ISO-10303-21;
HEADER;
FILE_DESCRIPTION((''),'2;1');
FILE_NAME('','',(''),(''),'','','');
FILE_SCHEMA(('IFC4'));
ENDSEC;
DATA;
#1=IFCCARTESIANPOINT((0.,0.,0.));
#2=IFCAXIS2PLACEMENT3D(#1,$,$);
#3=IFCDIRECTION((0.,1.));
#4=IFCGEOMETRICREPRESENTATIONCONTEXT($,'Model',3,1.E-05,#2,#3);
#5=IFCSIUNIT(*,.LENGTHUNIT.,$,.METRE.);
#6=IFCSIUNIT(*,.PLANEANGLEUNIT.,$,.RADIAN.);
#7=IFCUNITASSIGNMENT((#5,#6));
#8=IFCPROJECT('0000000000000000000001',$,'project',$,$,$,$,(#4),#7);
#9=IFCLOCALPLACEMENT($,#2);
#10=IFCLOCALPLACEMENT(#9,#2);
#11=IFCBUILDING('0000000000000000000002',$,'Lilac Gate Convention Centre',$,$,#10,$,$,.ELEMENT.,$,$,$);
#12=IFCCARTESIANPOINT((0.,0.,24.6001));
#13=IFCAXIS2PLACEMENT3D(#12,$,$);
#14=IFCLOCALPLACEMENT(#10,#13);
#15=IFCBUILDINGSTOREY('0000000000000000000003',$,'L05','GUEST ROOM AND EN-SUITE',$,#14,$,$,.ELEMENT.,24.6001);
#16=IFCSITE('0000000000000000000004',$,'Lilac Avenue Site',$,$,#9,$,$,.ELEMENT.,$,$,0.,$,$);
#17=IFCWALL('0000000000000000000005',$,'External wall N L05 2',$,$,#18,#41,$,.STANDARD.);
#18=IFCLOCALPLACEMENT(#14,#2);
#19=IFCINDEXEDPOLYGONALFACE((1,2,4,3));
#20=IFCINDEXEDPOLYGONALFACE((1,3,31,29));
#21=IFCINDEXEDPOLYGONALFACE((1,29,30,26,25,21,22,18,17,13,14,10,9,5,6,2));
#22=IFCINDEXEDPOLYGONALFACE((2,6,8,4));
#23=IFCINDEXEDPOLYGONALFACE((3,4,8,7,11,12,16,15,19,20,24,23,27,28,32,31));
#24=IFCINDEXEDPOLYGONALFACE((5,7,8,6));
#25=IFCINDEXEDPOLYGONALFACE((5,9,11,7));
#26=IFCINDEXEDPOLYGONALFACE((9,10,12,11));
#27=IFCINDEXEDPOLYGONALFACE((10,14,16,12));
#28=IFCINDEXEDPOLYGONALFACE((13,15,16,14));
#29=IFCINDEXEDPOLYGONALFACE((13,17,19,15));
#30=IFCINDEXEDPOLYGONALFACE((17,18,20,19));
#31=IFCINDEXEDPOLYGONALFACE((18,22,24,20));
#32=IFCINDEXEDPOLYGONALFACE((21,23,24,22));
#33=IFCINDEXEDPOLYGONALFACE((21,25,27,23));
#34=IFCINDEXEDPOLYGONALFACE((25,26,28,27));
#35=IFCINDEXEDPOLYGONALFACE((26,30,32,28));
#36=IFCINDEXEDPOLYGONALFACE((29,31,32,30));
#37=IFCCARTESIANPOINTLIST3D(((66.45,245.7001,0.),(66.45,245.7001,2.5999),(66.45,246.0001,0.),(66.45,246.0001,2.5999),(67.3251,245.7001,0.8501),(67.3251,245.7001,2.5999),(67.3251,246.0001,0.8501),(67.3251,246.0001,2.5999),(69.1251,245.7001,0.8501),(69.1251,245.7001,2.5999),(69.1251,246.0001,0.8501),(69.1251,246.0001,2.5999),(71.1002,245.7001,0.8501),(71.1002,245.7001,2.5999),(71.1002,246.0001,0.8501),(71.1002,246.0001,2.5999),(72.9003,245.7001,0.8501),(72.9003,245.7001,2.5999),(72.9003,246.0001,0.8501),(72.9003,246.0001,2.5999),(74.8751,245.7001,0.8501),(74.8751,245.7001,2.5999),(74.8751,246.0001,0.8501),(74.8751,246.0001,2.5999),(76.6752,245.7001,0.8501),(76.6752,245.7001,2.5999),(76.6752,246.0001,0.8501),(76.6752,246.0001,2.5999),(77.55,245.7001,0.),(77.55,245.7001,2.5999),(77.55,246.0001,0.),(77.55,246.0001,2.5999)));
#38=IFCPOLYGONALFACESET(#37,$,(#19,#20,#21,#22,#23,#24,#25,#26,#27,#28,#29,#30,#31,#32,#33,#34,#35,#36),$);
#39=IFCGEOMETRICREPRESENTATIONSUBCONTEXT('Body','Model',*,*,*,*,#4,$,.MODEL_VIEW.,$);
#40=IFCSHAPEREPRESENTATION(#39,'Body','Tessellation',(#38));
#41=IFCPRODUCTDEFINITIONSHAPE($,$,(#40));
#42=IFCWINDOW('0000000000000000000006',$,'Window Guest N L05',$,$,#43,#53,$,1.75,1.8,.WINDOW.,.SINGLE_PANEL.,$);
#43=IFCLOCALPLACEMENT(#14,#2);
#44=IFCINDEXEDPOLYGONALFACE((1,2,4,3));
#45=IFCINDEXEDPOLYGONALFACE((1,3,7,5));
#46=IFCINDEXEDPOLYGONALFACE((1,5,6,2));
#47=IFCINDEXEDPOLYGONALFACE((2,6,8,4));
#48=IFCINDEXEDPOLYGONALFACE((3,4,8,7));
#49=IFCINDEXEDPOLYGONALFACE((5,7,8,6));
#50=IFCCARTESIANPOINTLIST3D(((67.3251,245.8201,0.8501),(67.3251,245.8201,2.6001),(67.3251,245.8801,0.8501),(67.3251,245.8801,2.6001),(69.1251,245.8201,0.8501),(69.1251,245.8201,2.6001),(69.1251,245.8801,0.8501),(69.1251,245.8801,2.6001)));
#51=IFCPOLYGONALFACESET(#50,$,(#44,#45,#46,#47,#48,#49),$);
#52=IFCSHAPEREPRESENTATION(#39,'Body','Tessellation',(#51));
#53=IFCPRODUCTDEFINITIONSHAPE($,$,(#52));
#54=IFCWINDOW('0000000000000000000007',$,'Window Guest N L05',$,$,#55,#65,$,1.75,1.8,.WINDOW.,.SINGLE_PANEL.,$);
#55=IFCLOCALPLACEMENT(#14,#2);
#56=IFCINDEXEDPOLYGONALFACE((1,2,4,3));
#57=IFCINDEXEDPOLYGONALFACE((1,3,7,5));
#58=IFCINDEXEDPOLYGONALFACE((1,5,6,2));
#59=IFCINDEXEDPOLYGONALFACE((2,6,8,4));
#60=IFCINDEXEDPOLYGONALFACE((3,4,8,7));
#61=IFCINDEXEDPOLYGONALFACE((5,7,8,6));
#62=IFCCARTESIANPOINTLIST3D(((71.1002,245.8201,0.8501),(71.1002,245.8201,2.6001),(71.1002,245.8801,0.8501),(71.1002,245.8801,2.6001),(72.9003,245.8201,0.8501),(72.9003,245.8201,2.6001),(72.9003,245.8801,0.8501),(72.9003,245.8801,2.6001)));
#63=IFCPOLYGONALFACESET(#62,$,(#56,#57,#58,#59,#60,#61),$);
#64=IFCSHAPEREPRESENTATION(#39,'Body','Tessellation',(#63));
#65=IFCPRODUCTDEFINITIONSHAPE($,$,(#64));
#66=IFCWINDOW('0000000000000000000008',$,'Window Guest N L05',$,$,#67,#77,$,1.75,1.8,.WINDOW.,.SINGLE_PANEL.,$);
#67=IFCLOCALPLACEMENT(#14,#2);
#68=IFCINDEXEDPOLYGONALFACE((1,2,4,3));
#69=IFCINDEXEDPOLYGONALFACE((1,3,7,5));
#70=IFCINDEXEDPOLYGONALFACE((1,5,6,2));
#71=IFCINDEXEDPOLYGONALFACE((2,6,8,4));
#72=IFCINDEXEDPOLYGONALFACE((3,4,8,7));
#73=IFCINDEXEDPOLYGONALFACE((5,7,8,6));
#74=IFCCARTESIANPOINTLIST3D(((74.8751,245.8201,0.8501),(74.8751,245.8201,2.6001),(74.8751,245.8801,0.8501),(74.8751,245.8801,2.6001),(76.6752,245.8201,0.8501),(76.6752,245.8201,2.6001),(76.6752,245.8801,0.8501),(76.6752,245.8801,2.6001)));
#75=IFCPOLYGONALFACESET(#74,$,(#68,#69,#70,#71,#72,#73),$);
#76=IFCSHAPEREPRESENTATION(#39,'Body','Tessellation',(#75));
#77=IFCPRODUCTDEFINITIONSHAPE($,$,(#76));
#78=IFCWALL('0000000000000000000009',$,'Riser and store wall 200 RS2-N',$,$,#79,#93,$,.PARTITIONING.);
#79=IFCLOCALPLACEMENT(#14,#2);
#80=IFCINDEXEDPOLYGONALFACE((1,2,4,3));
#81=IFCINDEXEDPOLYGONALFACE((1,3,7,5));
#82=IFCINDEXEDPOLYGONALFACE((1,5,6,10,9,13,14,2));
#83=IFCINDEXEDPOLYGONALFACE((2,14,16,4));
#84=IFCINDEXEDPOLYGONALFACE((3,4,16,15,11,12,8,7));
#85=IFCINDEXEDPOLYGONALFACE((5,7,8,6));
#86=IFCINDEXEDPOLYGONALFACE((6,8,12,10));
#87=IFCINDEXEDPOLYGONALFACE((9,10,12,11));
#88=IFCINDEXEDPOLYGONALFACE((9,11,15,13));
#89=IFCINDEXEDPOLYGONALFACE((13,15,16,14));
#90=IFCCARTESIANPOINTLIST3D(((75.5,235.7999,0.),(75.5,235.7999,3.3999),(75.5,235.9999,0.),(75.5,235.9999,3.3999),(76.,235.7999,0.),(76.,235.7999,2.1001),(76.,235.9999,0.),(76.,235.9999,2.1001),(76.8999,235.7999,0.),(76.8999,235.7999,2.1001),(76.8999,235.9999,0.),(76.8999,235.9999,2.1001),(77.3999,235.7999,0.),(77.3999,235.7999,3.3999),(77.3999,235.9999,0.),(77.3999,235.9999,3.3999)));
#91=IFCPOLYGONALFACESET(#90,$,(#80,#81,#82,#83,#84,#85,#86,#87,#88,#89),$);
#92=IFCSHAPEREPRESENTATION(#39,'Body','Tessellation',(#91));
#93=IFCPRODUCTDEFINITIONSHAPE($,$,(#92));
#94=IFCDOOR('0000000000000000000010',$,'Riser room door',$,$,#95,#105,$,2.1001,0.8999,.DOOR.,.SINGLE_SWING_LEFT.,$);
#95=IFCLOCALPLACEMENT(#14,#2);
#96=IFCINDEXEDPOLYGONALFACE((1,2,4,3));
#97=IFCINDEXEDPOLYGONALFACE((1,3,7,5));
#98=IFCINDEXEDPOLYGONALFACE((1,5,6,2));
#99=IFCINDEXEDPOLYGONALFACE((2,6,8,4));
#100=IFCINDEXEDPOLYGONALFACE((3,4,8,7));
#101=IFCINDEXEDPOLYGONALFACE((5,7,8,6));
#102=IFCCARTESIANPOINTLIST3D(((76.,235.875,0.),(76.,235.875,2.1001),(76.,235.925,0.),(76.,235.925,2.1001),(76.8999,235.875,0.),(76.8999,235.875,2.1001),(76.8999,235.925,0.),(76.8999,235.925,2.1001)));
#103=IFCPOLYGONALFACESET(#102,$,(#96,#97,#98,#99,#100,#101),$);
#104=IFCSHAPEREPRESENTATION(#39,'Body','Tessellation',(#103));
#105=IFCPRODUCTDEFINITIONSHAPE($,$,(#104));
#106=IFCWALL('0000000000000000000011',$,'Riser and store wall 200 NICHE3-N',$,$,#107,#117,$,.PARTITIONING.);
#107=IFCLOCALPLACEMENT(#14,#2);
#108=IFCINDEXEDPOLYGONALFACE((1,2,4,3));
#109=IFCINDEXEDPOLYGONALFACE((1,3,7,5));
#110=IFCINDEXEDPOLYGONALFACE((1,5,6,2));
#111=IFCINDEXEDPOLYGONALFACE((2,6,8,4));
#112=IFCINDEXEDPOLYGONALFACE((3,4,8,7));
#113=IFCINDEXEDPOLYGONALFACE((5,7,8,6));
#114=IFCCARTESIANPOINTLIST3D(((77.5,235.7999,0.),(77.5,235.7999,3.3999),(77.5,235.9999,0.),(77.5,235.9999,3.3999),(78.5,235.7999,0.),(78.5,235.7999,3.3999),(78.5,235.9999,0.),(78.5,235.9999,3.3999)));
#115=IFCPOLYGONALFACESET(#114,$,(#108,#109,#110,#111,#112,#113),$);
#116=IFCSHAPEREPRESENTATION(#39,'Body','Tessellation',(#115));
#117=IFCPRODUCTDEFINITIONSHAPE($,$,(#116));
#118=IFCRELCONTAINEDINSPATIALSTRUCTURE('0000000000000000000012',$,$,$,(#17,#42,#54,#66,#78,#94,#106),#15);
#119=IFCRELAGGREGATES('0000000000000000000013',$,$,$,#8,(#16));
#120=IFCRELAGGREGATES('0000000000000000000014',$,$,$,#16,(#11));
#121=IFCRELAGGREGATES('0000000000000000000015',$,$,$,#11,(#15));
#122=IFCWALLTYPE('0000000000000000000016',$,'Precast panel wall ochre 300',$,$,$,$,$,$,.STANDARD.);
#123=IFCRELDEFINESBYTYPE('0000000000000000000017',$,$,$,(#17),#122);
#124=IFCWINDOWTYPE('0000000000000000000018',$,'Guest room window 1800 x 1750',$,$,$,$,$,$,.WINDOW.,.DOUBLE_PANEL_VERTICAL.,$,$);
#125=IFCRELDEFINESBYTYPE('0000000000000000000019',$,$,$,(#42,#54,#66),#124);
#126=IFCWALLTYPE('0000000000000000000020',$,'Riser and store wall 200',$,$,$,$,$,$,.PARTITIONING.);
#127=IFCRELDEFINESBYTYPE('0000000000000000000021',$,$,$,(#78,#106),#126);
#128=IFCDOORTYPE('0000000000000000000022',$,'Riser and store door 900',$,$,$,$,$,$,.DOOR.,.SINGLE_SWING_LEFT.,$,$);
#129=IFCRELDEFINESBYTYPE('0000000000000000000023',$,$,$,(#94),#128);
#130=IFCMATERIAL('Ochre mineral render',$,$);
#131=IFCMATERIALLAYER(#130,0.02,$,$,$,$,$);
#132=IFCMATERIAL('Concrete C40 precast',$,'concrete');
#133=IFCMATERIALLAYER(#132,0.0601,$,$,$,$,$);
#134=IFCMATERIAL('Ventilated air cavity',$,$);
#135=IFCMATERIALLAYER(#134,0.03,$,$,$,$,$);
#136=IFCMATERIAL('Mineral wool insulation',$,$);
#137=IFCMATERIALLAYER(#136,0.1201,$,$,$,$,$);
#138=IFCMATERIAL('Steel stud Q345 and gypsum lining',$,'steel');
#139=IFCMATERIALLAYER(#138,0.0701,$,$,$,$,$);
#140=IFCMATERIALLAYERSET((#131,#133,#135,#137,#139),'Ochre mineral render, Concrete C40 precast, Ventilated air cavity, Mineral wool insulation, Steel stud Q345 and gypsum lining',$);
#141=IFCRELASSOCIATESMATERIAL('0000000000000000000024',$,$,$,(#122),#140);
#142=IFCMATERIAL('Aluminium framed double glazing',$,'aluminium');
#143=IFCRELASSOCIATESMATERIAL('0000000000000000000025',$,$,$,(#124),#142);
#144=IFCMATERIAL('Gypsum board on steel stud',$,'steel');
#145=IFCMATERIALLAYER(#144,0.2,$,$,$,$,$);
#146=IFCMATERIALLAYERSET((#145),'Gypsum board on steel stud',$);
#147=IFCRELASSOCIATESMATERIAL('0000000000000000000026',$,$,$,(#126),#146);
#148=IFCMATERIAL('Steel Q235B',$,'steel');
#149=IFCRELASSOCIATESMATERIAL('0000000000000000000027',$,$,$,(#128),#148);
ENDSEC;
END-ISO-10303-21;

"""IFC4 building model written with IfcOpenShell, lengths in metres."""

from ifc_helpers import new_model, si_unit, direction, frame, frame_2d, origin, place, context, subcontext, project, spatial, rectangle, extrude, material, layer, layer_set, type_object, element, fill, save


model = new_model("IFC4")

# Units and contexts
model_context = context("Model", 3, precision=1e-05, world=origin(), true_north=direction((0.0, 1.0)))
body_context = subcontext(model_context, "Body", "Model", "MODEL_VIEW")
ifc_project = project(units=[si_unit("LENGTHUNIT", "METRE"), si_unit("PLANEANGLEUNIT", "RADIAN")], contexts=[model_context])

# Site, building, storey
site_placement = place(None, origin())
site = spatial("IfcSite", under=ifc_project, at=site_placement, Name="Lilac Avenue Site", CompositionType="ELEMENT", RefElevation=0.0)
building_placement = place(site_placement, origin())
building = spatial("IfcBuilding", under=site, at=building_placement, Name="Lilac Gate Convention Centre", CompositionType="ELEMENT")
storey_placement = place(building_placement, frame((0.0, 0.0, 24.6001)))
storey = spatial("IfcBuildingStorey", under=building, at=storey_placement, Name="L05", Description="GUEST ROOM AND EN-SUITE", CompositionType="ELEMENT", Elevation=24.6001)

# Shared definitions
ifc_material_1 = material(Name="Gypsum board on steel stud", Category="steel")

# Shared definitions
ifc_material_2 = material(Name="Concrete C40 precast", Category="concrete")
ifc_material_3 = material(Name="Ochre mineral render")

# Wall, openings, windows
ifc_layer_1 = layer(ifc_material_3, 0.02)
ifc_layer_2 = layer(ifc_material_2, 0.0601)
ifc_material_4 = material(Name="Ventilated air cavity")
ifc_layer_3 = layer(ifc_material_4, 0.03)
ifc_material_5 = material(Name="Mineral wool insulation")
ifc_layer_4 = layer(ifc_material_5, 0.1201)
ifc_material_6 = material(Name="Steel stud Q345 and gypsum lining", Category="steel")
ifc_layer_5 = layer(ifc_material_6, 0.0701)
ifc_layer_set_1 = layer_set([ifc_layer_1, ifc_layer_2, ifc_layer_3, ifc_layer_4, ifc_layer_5], Name="Ochre mineral render, Concrete C40 precast, Ventilated air cavity, Mineral wool insulation, Steel stud Q345 and gypsum lining")
wall_type_1 = type_object("IfcWallType", Name="Precast panel wall ochre 300", PredefinedType="STANDARD", material=ifc_layer_set_1)
wall_1_placement = place(storey_placement, frame((77.55, 245.8501, 0.0), z_axis=(0.0, 0.0, 1.0), x_axis=(-1.0, 0.0, 0.0)))
wall_1 = element("IfcWall", 1, at=wall_1_placement, inside=storey, type_object=wall_type_1, Name="External wall N L05 2", PredefinedType="STANDARD", context=body_context, shape_type="SweptSolid", body=[
    extrude(rectangle(XDim=11.1001, YDim=0.3, at=frame_2d((5.55, 0.0))), origin(), (0.0, 0.0, 1.0), 2.5999),
])
opening_1_placement = place(wall_1_placement, frame((8.425, 0.0, 0.8501)))
opening_1 = element("IfcOpeningElement", 2, at=opening_1_placement, cuts=wall_1, PredefinedType="OPENING", context=body_context, shape_type="SweptSolid", body=[
    extrude(rectangle(XDim=1.8, YDim=1.75, at=frame_2d((0.8999, 0.875))), frame((0.0, 0.1599, 0.0), z_axis=(0.0, -1.0, 0.0), x_axis=(1.0, 0.0, 0.0)), (0.0, 0.0, 1.0), 0.3201),
])
opening_2_placement = place(wall_1_placement, frame((4.6499, 0.0, 0.8501)))
opening_2 = element("IfcOpeningElement", 3, at=opening_2_placement, cuts=wall_1, PredefinedType="OPENING", context=body_context, shape_type="SweptSolid", body=[
    extrude(rectangle(XDim=1.8, YDim=1.75, at=frame_2d((0.8999, 0.875))), frame((0.0, 0.1599, 0.0), z_axis=(0.0, -1.0, 0.0), x_axis=(1.0, 0.0, 0.0)), (0.0, 0.0, 1.0), 0.3201),
])
opening_3_placement = place(wall_1_placement, frame((0.875, 0.0, 0.8501)))
opening_3 = element("IfcOpeningElement", 4, at=opening_3_placement, cuts=wall_1, PredefinedType="OPENING", context=body_context, shape_type="SweptSolid", body=[
    extrude(rectangle(XDim=1.8, YDim=1.75, at=frame_2d((0.8999, 0.875))), frame((0.0, 0.1599, 0.0), z_axis=(0.0, -1.0, 0.0), x_axis=(1.0, 0.0, 0.0)), (0.0, 0.0, 1.0), 0.3201),
])
ifc_material_7 = material(Name="Aluminium framed double glazing", Category="aluminium")
window_type = type_object("IfcWindowType", Name="Guest room window 1800 x 1750", PartitioningType="DOUBLE_PANEL_VERTICAL", PredefinedType="WINDOW", material=ifc_material_7)
window_1_placement = place(opening_1_placement, origin())
window_1 = element("IfcWindow", 5, at=window_1_placement, inside=storey, type_object=window_type, Name="Window Guest N L05", OverallHeight=1.75, OverallWidth=1.8, PartitioningType="SINGLE_PANEL", PredefinedType="WINDOW", context=body_context, shape_type="SweptSolid", body=[
    extrude(rectangle(XDim=1.8, YDim=1.75, at=frame_2d((0.8999, 0.875))), frame((0.0, 0.03, 0.0), z_axis=(0.0, -1.0, 0.0), x_axis=(1.0, 0.0, 0.0)), (0.0, 0.0, 1.0), 0.0601),
])
fill(opening_1, window_1)
window_2_placement = place(opening_2_placement, origin())
window_2 = element("IfcWindow", 6, at=window_2_placement, inside=storey, type_object=window_type, Name="Window Guest N L05", OverallHeight=1.75, OverallWidth=1.8, PartitioningType="SINGLE_PANEL", PredefinedType="WINDOW", context=body_context, shape_type="SweptSolid", body=[
    extrude(rectangle(XDim=1.8, YDim=1.75, at=frame_2d((0.8999, 0.875))), frame((0.0, 0.03, 0.0), z_axis=(0.0, -1.0, 0.0), x_axis=(1.0, 0.0, 0.0)), (0.0, 0.0, 1.0), 0.0601),
])
fill(opening_2, window_2)
window_3_placement = place(opening_3_placement, origin())
window_3 = element("IfcWindow", 7, at=window_3_placement, inside=storey, type_object=window_type, Name="Window Guest N L05", OverallHeight=1.75, OverallWidth=1.8, PartitioningType="SINGLE_PANEL", PredefinedType="WINDOW", context=body_context, shape_type="SweptSolid", body=[
    extrude(rectangle(XDim=1.8, YDim=1.75, at=frame_2d((0.8999, 0.875))), frame((0.0, 0.03, 0.0), z_axis=(0.0, -1.0, 0.0), x_axis=(1.0, 0.0, 0.0)), (0.0, 0.0, 1.0), 0.0601),
])
fill(opening_3, window_3)

# Wall, opening, door
ifc_layer_6 = layer(ifc_material_1, 0.2)
ifc_layer_set_2 = layer_set([ifc_layer_6], Name="Gypsum board on steel stud")
wall_type_2 = type_object("IfcWallType", Name="Riser and store wall 200", PredefinedType="PARTITIONING", material=ifc_layer_set_2)
wall_2_placement = place(storey_placement, frame((77.3999, 235.8999, 0.0), z_axis=(0.0, 0.0, 1.0), x_axis=(-1.0, 0.0, 0.0)))
wall_2 = element("IfcWall", 8, at=wall_2_placement, inside=storey, type_object=wall_type_2, Name="Riser and store wall 200 RS2-N", PredefinedType="PARTITIONING", context=body_context, shape_type="SweptSolid", body=[
    extrude(rectangle(XDim=1.8999, YDim=0.2, at=frame_2d((0.95, 0.0))), origin(), (0.0, 0.0, 1.0), 3.3999),
])
opening_4_placement = place(wall_2_placement, frame((0.5, 0.0, 0.0)))
opening_4 = element("IfcOpeningElement", 9, at=opening_4_placement, cuts=wall_2, PredefinedType="OPENING", context=body_context, shape_type="SweptSolid", body=[
    extrude(rectangle(XDim=0.8999, YDim=2.1001, at=frame_2d((0.45, 1.05))), frame((0.0, 0.1099, 0.0), z_axis=(0.0, -1.0, 0.0), x_axis=(1.0, 0.0, 0.0)), (0.0, 0.0, 1.0), 0.22),
])
ifc_material_8 = material(Name="Steel Q235B", Category="steel")
door_type_1 = type_object("IfcDoorType", Name="Riser and store door 900", OperationType="SINGLE_SWING_LEFT", PredefinedType="DOOR", material=ifc_material_8)
door_1_placement = place(opening_4_placement, origin())
door_1 = element("IfcDoor", 10, at=door_1_placement, inside=storey, type_object=door_type_1, Name="Riser room door", OperationType="SINGLE_SWING_LEFT", OverallHeight=2.1001, OverallWidth=0.8999, PredefinedType="DOOR", context=body_context, shape_type="SweptSolid", body=[
    extrude(rectangle(XDim=0.8999, YDim=2.1001, at=frame_2d((0.45, 1.05))), frame((0.0, 0.0249, 0.0), z_axis=(0.0, -1.0, 0.0), x_axis=(1.0, 0.0, 0.0)), (0.0, 0.0, 1.0), 0.05),
])
fill(opening_4, door_1)

# Wall
wall_3_placement = place(storey_placement, frame((77.5, 235.8999, 0.0), z_axis=(0.0, 0.0, 1.0), x_axis=(1.0, 0.0, 0.0)))
element("IfcWall", 11, at=wall_3_placement, inside=storey, type_object=wall_type_2, Name="Riser and store wall 200 NICHE3-N", PredefinedType="PARTITIONING", context=body_context, shape_type="SweptSolid", body=[
    extrude(rectangle(XDim=1.0, YDim=0.2, at=frame_2d((0.5, 0.0))), origin(), (0.0, 0.0, 1.0), 3.3999),
])

save(model, "model.ifc")
